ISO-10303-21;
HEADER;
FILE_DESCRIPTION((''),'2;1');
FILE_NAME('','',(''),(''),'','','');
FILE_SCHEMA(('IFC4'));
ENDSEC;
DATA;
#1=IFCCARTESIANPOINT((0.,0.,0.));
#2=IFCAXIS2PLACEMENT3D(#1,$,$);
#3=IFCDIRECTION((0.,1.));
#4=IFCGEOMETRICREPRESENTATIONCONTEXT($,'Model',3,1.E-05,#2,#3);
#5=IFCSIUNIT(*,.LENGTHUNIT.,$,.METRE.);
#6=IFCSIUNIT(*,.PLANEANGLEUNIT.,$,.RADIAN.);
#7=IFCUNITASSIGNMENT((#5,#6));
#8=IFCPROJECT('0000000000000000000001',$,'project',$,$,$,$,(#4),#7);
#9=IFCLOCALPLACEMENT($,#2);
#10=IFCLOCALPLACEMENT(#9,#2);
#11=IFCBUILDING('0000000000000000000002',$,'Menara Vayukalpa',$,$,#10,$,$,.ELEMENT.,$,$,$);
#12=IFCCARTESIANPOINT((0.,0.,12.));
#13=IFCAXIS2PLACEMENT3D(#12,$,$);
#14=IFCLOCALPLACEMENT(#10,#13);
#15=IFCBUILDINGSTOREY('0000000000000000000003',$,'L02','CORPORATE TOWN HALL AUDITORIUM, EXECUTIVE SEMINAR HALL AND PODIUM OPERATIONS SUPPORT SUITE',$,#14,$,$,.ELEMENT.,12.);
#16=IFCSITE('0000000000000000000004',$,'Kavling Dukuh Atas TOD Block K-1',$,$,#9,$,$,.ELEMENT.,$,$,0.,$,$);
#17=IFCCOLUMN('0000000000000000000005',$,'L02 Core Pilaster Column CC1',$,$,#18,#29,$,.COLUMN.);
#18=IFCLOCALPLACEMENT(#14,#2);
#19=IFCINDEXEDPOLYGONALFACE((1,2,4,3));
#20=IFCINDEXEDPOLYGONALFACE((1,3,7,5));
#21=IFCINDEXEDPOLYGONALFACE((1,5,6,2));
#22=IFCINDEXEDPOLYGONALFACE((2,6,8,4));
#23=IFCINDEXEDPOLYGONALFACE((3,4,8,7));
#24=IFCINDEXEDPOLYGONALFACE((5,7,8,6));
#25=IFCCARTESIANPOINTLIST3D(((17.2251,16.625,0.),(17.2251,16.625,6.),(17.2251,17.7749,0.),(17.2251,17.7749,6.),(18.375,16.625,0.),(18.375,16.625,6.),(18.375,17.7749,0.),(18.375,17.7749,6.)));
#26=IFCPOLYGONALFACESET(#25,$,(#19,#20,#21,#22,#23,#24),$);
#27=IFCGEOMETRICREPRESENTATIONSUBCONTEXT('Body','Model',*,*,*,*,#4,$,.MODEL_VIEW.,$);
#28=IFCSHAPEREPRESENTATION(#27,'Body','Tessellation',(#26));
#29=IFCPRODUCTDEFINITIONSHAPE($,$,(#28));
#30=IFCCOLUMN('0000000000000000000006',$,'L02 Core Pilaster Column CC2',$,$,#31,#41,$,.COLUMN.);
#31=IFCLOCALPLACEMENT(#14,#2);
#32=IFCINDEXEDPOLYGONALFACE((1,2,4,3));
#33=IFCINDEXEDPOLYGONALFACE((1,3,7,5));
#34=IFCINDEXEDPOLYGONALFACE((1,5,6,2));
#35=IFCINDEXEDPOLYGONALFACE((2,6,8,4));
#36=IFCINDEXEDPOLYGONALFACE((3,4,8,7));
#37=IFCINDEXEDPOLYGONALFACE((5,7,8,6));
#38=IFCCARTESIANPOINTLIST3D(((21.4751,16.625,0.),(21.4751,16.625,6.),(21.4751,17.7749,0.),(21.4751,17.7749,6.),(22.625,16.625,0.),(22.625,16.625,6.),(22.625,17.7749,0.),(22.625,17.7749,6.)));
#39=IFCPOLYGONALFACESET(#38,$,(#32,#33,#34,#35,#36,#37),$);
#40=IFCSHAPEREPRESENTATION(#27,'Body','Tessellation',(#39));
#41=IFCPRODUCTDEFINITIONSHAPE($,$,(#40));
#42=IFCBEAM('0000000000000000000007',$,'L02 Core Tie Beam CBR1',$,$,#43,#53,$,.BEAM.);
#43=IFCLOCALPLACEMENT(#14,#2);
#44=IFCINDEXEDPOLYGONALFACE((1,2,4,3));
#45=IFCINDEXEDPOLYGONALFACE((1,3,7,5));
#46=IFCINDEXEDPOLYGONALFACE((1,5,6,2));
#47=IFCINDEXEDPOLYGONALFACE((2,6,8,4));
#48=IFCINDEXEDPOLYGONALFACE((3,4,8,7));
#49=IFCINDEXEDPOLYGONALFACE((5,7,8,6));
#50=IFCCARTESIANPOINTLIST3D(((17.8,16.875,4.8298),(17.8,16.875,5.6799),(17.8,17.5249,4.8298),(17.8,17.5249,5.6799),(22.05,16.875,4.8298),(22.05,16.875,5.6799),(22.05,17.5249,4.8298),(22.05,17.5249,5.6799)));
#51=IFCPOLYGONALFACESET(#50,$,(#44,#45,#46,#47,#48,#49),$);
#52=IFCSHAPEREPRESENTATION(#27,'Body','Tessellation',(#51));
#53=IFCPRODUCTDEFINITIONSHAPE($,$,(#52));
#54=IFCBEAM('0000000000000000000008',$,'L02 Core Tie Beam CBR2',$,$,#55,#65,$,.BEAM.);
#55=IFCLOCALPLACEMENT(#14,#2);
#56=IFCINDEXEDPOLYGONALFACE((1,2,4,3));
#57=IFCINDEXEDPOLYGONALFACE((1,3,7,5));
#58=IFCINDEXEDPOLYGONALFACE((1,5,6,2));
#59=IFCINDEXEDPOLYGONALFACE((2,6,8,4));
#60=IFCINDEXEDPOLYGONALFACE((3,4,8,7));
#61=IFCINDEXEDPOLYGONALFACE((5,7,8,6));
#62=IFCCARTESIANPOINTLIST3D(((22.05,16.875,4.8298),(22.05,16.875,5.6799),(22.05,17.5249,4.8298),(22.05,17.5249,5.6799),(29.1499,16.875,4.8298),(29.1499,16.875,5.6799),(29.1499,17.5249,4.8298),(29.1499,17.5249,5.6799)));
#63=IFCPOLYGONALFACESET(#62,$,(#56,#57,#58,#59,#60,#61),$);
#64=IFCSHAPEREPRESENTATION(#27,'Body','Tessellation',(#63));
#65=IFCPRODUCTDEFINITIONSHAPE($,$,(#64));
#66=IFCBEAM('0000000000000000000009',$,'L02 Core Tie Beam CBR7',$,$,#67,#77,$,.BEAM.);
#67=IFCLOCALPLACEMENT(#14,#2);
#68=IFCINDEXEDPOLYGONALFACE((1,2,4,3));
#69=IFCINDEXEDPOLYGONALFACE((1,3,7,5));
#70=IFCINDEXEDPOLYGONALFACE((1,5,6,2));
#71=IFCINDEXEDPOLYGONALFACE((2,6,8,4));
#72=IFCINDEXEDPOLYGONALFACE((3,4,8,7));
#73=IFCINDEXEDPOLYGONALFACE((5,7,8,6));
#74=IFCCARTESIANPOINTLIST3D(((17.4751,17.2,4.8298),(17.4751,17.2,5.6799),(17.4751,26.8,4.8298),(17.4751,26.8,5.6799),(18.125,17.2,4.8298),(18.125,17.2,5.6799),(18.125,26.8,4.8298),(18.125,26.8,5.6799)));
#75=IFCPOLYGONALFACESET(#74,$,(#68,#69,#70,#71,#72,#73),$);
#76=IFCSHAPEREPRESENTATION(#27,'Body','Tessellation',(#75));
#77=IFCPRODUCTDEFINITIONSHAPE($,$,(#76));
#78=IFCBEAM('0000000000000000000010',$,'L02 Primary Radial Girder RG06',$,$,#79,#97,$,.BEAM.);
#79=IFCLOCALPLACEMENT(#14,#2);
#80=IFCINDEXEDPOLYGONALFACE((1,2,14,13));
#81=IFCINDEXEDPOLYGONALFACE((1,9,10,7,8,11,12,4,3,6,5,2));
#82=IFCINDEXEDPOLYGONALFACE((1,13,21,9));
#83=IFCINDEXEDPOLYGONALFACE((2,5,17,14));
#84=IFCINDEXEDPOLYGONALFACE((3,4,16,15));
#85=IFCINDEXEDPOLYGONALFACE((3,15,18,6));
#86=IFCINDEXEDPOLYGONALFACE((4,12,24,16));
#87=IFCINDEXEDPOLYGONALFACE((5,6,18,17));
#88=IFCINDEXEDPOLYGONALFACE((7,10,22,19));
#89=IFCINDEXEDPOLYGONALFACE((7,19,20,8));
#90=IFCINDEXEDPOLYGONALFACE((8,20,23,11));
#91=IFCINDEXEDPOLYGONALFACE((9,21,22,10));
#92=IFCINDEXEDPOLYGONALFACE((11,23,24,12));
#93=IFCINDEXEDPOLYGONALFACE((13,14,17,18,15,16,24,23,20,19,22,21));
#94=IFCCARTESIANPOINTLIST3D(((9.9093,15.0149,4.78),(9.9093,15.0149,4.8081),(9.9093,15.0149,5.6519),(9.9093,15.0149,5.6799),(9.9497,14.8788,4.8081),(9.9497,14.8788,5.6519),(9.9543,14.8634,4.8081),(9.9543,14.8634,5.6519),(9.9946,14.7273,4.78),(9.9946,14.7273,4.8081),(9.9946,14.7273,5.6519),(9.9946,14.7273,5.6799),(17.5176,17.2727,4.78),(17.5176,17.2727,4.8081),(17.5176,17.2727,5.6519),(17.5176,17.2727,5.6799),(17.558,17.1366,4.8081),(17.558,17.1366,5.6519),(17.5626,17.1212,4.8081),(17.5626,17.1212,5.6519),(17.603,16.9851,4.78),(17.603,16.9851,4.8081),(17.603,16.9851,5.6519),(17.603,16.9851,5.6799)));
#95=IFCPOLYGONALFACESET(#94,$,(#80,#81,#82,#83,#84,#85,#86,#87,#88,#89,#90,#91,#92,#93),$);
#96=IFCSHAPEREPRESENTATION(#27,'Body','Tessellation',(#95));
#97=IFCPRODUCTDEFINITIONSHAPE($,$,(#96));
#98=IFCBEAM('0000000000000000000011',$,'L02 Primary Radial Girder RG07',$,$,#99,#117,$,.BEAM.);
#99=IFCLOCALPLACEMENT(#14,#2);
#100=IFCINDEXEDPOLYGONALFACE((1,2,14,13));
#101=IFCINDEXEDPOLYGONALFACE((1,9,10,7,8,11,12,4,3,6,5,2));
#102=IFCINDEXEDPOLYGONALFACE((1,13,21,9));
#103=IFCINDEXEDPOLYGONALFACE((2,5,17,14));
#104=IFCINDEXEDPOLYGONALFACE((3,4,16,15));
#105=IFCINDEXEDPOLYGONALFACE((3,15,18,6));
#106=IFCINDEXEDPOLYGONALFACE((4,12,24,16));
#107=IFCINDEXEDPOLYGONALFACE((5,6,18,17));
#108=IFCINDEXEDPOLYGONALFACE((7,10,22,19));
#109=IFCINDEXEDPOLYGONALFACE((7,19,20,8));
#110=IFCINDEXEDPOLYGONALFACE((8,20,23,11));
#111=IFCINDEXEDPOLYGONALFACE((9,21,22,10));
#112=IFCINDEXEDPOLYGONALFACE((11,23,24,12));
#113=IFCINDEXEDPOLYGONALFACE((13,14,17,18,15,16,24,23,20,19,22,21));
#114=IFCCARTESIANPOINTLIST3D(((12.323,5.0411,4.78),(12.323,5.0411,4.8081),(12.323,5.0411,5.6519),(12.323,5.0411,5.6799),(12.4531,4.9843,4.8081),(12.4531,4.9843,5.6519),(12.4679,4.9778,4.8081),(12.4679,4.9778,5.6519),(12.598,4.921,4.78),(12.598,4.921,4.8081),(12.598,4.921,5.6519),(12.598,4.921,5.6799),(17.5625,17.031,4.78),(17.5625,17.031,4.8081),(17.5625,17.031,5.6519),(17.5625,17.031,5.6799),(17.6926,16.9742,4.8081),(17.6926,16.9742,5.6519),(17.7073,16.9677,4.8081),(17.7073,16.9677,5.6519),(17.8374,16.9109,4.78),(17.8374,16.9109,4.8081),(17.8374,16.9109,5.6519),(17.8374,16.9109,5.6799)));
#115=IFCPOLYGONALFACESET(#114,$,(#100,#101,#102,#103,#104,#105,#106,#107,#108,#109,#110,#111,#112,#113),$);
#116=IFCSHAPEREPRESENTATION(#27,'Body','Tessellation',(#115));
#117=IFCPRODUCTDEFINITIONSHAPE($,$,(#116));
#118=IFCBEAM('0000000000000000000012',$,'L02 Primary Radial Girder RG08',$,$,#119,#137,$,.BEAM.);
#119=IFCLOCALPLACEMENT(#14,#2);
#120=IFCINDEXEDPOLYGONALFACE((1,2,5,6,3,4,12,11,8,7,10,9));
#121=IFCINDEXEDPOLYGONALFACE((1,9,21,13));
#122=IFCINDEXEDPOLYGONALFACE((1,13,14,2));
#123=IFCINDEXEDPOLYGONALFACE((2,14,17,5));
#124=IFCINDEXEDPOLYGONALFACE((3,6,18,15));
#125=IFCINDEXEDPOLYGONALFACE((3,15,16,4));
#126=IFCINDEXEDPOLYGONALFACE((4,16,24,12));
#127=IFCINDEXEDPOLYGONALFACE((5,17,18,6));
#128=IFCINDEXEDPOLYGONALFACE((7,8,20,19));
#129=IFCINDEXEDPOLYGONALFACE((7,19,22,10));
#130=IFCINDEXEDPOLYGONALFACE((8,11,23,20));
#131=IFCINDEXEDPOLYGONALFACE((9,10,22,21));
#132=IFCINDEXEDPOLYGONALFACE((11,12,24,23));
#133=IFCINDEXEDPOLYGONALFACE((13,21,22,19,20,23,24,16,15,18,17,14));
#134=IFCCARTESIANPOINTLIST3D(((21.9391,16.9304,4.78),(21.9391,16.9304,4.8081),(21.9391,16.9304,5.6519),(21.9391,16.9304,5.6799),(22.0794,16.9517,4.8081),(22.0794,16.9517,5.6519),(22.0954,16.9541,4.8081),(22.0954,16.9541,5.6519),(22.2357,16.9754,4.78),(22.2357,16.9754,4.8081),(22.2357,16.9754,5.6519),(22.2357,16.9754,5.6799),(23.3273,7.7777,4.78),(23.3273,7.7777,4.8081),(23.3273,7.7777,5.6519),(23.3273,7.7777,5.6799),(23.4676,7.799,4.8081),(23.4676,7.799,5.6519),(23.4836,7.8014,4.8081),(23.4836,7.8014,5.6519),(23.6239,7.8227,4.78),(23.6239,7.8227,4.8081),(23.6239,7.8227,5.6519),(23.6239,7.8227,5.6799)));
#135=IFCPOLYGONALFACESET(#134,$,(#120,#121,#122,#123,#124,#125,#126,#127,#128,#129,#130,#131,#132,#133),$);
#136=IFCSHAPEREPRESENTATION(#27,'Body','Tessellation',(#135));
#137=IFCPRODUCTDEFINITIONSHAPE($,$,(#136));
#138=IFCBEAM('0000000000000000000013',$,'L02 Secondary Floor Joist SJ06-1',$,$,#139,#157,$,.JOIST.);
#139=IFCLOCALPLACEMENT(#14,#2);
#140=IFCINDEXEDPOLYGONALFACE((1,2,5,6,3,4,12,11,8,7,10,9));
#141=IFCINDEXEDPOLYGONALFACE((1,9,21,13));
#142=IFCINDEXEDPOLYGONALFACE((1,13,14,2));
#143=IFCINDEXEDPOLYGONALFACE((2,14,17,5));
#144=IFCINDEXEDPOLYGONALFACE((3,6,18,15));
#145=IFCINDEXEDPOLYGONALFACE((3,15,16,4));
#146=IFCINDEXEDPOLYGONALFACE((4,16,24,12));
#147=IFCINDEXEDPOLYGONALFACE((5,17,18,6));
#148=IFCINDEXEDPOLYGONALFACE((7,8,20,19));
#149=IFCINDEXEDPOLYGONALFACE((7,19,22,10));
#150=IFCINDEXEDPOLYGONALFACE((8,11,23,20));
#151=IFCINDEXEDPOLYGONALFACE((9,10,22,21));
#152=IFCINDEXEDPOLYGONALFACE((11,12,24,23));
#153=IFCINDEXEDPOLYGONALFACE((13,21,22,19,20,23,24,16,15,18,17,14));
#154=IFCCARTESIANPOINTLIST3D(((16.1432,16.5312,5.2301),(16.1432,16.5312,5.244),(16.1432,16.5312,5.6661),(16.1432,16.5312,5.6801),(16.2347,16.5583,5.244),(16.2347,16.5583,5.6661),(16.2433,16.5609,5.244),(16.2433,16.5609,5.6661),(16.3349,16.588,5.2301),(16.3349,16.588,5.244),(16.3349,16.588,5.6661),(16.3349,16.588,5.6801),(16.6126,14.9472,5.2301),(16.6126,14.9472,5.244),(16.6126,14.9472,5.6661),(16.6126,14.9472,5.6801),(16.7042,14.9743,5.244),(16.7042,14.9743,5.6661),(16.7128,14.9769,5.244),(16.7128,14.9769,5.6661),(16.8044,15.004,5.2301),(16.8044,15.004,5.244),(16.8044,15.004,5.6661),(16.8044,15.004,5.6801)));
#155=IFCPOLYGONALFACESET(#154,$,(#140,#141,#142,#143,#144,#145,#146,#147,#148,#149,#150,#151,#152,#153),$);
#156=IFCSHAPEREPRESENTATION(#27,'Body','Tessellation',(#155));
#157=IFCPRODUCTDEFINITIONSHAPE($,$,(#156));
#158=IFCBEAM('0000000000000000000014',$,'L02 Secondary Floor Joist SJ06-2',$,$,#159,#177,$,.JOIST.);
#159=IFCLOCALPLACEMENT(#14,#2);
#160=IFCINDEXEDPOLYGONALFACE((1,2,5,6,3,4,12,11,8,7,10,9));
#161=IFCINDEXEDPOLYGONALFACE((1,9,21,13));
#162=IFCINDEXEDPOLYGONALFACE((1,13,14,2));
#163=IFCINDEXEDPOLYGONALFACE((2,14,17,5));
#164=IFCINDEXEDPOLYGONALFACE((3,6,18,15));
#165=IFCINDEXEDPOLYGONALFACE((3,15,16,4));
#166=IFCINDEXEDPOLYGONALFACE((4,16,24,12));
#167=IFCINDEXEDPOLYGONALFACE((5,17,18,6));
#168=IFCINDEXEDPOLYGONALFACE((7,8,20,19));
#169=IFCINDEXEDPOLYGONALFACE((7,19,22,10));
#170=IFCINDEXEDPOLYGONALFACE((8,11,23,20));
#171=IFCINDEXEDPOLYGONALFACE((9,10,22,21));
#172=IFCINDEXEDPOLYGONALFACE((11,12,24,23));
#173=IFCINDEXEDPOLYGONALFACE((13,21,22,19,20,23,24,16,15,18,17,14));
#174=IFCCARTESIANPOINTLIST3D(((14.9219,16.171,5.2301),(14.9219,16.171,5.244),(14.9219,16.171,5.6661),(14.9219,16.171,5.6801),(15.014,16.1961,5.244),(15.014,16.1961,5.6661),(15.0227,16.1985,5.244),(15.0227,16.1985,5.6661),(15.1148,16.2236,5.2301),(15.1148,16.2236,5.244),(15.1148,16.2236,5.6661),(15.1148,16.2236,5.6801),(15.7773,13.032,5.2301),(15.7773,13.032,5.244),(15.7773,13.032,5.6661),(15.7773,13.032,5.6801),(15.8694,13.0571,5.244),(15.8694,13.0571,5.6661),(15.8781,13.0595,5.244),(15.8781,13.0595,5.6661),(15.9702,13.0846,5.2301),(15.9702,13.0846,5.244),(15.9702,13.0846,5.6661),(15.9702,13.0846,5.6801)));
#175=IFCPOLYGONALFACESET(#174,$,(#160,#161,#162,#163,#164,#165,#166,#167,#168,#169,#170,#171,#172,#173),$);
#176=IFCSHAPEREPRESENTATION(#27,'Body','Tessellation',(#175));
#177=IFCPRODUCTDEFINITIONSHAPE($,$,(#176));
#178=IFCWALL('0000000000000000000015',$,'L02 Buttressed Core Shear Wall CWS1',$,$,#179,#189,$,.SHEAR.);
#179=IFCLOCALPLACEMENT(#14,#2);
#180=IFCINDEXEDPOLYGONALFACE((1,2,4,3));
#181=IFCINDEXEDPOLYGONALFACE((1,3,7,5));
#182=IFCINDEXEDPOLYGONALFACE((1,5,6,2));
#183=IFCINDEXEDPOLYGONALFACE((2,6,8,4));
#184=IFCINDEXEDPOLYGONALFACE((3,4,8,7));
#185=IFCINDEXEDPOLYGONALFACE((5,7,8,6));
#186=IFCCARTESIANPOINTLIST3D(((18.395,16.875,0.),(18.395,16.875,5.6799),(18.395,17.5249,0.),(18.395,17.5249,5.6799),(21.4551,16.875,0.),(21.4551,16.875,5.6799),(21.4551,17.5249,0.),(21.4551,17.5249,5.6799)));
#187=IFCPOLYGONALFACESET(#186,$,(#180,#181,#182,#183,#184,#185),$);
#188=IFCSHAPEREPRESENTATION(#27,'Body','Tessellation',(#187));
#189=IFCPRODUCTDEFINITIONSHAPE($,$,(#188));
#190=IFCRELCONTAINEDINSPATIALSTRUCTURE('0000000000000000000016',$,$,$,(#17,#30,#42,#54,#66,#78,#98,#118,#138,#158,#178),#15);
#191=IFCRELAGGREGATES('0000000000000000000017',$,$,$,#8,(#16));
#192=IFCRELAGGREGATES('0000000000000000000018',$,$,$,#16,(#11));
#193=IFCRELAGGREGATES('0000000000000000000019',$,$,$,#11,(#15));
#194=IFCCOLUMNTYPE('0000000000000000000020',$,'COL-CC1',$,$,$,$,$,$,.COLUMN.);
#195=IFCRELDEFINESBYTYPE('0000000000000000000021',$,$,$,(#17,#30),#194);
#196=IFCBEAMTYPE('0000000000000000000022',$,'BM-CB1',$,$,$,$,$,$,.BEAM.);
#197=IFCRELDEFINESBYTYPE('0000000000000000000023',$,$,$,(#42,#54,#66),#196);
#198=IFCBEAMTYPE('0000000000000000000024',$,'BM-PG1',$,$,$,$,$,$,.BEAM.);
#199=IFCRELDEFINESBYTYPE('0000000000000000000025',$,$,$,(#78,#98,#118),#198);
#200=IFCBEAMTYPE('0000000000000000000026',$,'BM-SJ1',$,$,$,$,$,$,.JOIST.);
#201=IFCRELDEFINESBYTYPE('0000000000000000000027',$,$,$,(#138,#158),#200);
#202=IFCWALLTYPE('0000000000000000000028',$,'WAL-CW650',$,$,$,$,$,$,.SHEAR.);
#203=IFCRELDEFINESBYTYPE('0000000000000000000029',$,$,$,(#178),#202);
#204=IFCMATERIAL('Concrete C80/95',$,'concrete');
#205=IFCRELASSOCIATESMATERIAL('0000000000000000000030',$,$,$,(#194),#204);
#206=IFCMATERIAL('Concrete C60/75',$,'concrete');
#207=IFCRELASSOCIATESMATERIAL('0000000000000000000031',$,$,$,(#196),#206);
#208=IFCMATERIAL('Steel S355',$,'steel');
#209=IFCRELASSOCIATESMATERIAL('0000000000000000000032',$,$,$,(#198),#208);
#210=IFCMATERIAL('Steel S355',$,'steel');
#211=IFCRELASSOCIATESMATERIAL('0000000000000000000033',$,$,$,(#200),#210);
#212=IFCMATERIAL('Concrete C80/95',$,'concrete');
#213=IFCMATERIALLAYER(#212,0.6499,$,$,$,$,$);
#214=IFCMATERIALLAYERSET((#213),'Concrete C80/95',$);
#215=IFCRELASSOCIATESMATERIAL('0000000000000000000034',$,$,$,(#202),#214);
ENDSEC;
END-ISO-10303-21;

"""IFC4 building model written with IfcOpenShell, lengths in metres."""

from ifc_helpers import new_model, si_unit, direction, frame, frame_2d, origin, origin_2d, place, context, subcontext, project, spatial, rectangle, i_section, extrude, material, layer, layer_set, material_profile, profile_set, type_object, element, save


model = new_model("IFC4")

# Units and contexts
model_context = context("Model", 3, precision=1e-05, world=origin(), true_north=direction((0.0, 1.0)))
body_context = subcontext(model_context, "Body", "Model", "MODEL_VIEW")
ifc_project = project(units=[si_unit("LENGTHUNIT", "METRE"), si_unit("PLANEANGLEUNIT", "RADIAN")], contexts=[model_context])

# Site, building, storey
site_placement = place(None, origin())
site = spatial("IfcSite", under=ifc_project, at=site_placement, Name="Kavling Dukuh Atas TOD Block K-1", CompositionType="ELEMENT", RefElevation=0.0)
building_placement = place(site_placement, origin())
building = spatial("IfcBuilding", under=site, at=building_placement, Name="Menara Vayukalpa", CompositionType="ELEMENT")
storey_placement = place(building_placement, frame((0.0, 0.0, 12.0)))
storey = spatial("IfcBuildingStorey", under=building, at=storey_placement, Name="L02", Description="CORPORATE TOWN HALL AUDITORIUM, EXECUTIVE SEMINAR HALL AND PODIUM OPERATIONS SUPPORT SUITE", CompositionType="ELEMENT", Elevation=12.0)

# Columns
ifc_material_1 = material(Name="Concrete C80/95", Category="concrete")
ifc_material_profile_1 = material_profile(ifc_material_1, rectangle(XDim=1.1499, YDim=1.1499, at=origin_2d()), Name="RC 1150x1150")
ifc_profile_set_1 = profile_set([ifc_material_profile_1], Name="Concrete C80/95")
column_type = type_object("IfcColumnType", Name="COL-CC1", PredefinedType="COLUMN", material=ifc_profile_set_1)
for number, where, z_axis, x_axis, name in (
    (1, (17.8, 17.2, 0.0), (0.0, 0.0, 1.0), (1.0, 0.0, 0.0), "L02 Core Pilaster Column CC1"),
    (2, (22.05, 17.2, 0.0), (0.0, 0.0, 1.0), (1.0, 0.0, 0.0), "L02 Core Pilaster Column CC2"),
):
    element("IfcColumn", number, at=place(storey_placement, frame(where, z_axis=z_axis, x_axis=x_axis)), inside=storey, type_object=column_type, Name=name, PredefinedType="COLUMN", context=body_context, shape_type="SweptSolid", body=[
        extrude(rectangle(XDim=1.1499, YDim=1.1499, at=origin_2d()), origin(), (0.0, 0.0, 1.0), 6.0),
    ])

# Beams
ifc_material_2 = material(Name="Concrete C60/75", Category="concrete")
ifc_material_profile_2 = material_profile(ifc_material_2, rectangle(XDim=0.6499, YDim=0.8501, at=origin_2d()), Name="RC 650x850")
ifc_profile_set_2 = profile_set([ifc_material_profile_2], Name="Concrete C60/75")
beam_type_1 = type_object("IfcBeamType", Name="BM-CB1", PredefinedType="BEAM", material=ifc_profile_set_2)
beam_1_placement = place(storey_placement, frame((17.8, 17.2, 5.2549), z_axis=(1.0, 0.0, 0.0), x_axis=(0.0, 1.0, 0.0)))
element("IfcBeam", 3, at=beam_1_placement, inside=storey, type_object=beam_type_1, Name="L02 Core Tie Beam CBR1", PredefinedType="BEAM", context=body_context, shape_type="SweptSolid", body=[
    extrude(rectangle(XDim=0.6499, YDim=0.8501, at=origin_2d()), origin(), (0.0, 0.0, 1.0), 4.25),
])
beam_2_placement = place(storey_placement, frame((22.05, 17.2, 5.2549), z_axis=(1.0, 0.0, 0.0), x_axis=(0.0, 1.0, 0.0)))
element("IfcBeam", 4, at=beam_2_placement, inside=storey, type_object=beam_type_1, Name="L02 Core Tie Beam CBR2", PredefinedType="BEAM", context=body_context, shape_type="SweptSolid", body=[
    extrude(rectangle(XDim=0.6499, YDim=0.8501, at=origin_2d()), origin(), (0.0, 0.0, 1.0), 7.0999),
])
beam_3_placement = place(storey_placement, frame((17.8, 17.2, 5.2549), z_axis=(0.0, 1.0, 0.0), x_axis=(-1.0, 0.0, 0.0)))
element("IfcBeam", 5, at=beam_3_placement, inside=storey, type_object=beam_type_1, Name="L02 Core Tie Beam CBR7", PredefinedType="BEAM", context=body_context, shape_type="SweptSolid", body=[
    extrude(rectangle(XDim=0.6499, YDim=0.8501, at=origin_2d()), origin(), (0.0, 0.0, 1.0), 9.6001),
])
ifc_material_3 = material(Name="Steel S355", Category="steel")
ifc_material_profile_3 = material_profile(ifc_material_3, i_section(OverallWidth=0.3, OverallDepth=0.8999, WebThickness=0.0161, FlangeThickness=0.0281, at=origin_2d()), Name="WF 900x300x16x28")
ifc_profile_set_3 = profile_set([ifc_material_profile_3], Name="Steel S355")
beam_type_2 = type_object("IfcBeamType", Name="BM-PG1", PredefinedType="BEAM", material=ifc_profile_set_3)
beam_4_placement = place(storey_placement, frame((17.5603, 17.1289, 5.23), z_axis=(-0.958679, -0.284491, 0.0), x_axis=(0.284491, -0.958679, 0.0)))
element("IfcBeam", 6, at=beam_4_placement, inside=storey, type_object=beam_type_2, Name="L02 Primary Radial Girder RG06", PredefinedType="BEAM", context=body_context, shape_type="SweptSolid", body=[
    extrude(i_section(OverallWidth=0.3, OverallDepth=0.8999, WebThickness=0.0161, FlangeThickness=0.0281, at=origin_2d()), origin(), (0.0, 0.0, 1.0), 7.9363),
])
beam_5_placement = place(storey_placement, frame((17.7, 16.9709, 5.23), z_axis=(-0.400426, -0.916329, 0.0), x_axis=(0.916329, -0.400426, 0.0)))
element("IfcBeam", 7, at=beam_5_placement, inside=storey, type_object=beam_type_2, Name="L02 Primary Radial Girder RG07", PredefinedType="BEAM", context=body_context, shape_type="SweptSolid", body=[
    extrude(i_section(OverallWidth=0.3, OverallDepth=0.8999, WebThickness=0.0161, FlangeThickness=0.0281, at=origin_2d()), origin(), (0.0, 0.0, 1.0), 13.0847),
])
beam_6_placement = place(storey_placement, frame((22.0874, 16.9529, 5.23), z_axis=(0.149956, -0.988693, 0.0), x_axis=(0.988693, 0.149956, 0.0)))
element("IfcBeam", 8, at=beam_6_placement, inside=storey, type_object=beam_type_2, Name="L02 Primary Radial Girder RG08", PredefinedType="BEAM", context=body_context, shape_type="SweptSolid", body=[
    extrude(i_section(OverallWidth=0.3, OverallDepth=0.8999, WebThickness=0.0161, FlangeThickness=0.0281, at=origin_2d()), origin(), (0.0, 0.0, 1.0), 9.2573),
])
ifc_material_4 = material(Name="Steel S355", Category="steel")
ifc_material_profile_4 = material_profile(ifc_material_4, i_section(OverallWidth=0.2, OverallDepth=0.45, WebThickness=0.009, FlangeThickness=0.0139, at=origin_2d()), Name="WF 450x200x9x14")
ifc_profile_set_4 = profile_set([ifc_material_profile_4], Name="Steel S355")
beam_type_3 = type_object("IfcBeamType", Name="BM-SJ1", PredefinedType="JOIST", material=ifc_profile_set_4)
beam_7_placement = place(storey_placement, frame((16.239, 16.5596, 5.4551), z_axis=(0.284174, -0.958773, 0.0), x_axis=(0.958773, 0.284174, 0.0)))
element("IfcBeam", 9, at=beam_7_placement, inside=storey, type_object=beam_type_3, Name="L02 Secondary Floor Joist SJ06-1", PredefinedType="JOIST", context=body_context, shape_type="SweptSolid", body=[
    extrude(i_section(OverallWidth=0.2, OverallDepth=0.45, WebThickness=0.009, FlangeThickness=0.0139, at=origin_2d()), origin(), (0.0, 0.0, 1.0), 1.6521),
])
beam_8_placement = place(storey_placement, frame((15.0183, 16.1973, 5.4551), z_axis=(0.262946, -0.964811, 0.0), x_axis=(0.964811, 0.262946, 0.0)))
element("IfcBeam", 10, at=beam_8_placement, inside=storey, type_object=beam_type_3, Name="L02 Secondary Floor Joist SJ06-2", PredefinedType="JOIST", context=body_context, shape_type="SweptSolid", body=[
    extrude(i_section(OverallWidth=0.2, OverallDepth=0.45, WebThickness=0.009, FlangeThickness=0.0139, at=origin_2d()), origin(), (0.0, 0.0, 1.0), 3.2534),
])

# Wall
ifc_material_5 = material(Name="Concrete C80/95", Category="concrete")
ifc_layer_1 = layer(ifc_material_5, 0.6499)
ifc_layer_set_1 = layer_set([ifc_layer_1], Name="Concrete C80/95")
wall_type_1 = type_object("IfcWallType", Name="WAL-CW650", PredefinedType="SHEAR", material=ifc_layer_set_1)
wall_1_placement = place(storey_placement, frame((18.395, 17.2, 0.0), z_axis=(0.0, 0.0, 1.0), x_axis=(1.0, 0.0, 0.0)))
element("IfcWall", 11, at=wall_1_placement, inside=storey, type_object=wall_type_1, Name="L02 Buttressed Core Shear Wall CWS1", PredefinedType="SHEAR", context=body_context, shape_type="SweptSolid", body=[
    extrude(rectangle(XDim=3.0601, YDim=0.6499, at=frame_2d((1.53, 0.0))), origin(), (0.0, 0.0, 1.0), 5.6799),
])

save(model, "model.ifc")
